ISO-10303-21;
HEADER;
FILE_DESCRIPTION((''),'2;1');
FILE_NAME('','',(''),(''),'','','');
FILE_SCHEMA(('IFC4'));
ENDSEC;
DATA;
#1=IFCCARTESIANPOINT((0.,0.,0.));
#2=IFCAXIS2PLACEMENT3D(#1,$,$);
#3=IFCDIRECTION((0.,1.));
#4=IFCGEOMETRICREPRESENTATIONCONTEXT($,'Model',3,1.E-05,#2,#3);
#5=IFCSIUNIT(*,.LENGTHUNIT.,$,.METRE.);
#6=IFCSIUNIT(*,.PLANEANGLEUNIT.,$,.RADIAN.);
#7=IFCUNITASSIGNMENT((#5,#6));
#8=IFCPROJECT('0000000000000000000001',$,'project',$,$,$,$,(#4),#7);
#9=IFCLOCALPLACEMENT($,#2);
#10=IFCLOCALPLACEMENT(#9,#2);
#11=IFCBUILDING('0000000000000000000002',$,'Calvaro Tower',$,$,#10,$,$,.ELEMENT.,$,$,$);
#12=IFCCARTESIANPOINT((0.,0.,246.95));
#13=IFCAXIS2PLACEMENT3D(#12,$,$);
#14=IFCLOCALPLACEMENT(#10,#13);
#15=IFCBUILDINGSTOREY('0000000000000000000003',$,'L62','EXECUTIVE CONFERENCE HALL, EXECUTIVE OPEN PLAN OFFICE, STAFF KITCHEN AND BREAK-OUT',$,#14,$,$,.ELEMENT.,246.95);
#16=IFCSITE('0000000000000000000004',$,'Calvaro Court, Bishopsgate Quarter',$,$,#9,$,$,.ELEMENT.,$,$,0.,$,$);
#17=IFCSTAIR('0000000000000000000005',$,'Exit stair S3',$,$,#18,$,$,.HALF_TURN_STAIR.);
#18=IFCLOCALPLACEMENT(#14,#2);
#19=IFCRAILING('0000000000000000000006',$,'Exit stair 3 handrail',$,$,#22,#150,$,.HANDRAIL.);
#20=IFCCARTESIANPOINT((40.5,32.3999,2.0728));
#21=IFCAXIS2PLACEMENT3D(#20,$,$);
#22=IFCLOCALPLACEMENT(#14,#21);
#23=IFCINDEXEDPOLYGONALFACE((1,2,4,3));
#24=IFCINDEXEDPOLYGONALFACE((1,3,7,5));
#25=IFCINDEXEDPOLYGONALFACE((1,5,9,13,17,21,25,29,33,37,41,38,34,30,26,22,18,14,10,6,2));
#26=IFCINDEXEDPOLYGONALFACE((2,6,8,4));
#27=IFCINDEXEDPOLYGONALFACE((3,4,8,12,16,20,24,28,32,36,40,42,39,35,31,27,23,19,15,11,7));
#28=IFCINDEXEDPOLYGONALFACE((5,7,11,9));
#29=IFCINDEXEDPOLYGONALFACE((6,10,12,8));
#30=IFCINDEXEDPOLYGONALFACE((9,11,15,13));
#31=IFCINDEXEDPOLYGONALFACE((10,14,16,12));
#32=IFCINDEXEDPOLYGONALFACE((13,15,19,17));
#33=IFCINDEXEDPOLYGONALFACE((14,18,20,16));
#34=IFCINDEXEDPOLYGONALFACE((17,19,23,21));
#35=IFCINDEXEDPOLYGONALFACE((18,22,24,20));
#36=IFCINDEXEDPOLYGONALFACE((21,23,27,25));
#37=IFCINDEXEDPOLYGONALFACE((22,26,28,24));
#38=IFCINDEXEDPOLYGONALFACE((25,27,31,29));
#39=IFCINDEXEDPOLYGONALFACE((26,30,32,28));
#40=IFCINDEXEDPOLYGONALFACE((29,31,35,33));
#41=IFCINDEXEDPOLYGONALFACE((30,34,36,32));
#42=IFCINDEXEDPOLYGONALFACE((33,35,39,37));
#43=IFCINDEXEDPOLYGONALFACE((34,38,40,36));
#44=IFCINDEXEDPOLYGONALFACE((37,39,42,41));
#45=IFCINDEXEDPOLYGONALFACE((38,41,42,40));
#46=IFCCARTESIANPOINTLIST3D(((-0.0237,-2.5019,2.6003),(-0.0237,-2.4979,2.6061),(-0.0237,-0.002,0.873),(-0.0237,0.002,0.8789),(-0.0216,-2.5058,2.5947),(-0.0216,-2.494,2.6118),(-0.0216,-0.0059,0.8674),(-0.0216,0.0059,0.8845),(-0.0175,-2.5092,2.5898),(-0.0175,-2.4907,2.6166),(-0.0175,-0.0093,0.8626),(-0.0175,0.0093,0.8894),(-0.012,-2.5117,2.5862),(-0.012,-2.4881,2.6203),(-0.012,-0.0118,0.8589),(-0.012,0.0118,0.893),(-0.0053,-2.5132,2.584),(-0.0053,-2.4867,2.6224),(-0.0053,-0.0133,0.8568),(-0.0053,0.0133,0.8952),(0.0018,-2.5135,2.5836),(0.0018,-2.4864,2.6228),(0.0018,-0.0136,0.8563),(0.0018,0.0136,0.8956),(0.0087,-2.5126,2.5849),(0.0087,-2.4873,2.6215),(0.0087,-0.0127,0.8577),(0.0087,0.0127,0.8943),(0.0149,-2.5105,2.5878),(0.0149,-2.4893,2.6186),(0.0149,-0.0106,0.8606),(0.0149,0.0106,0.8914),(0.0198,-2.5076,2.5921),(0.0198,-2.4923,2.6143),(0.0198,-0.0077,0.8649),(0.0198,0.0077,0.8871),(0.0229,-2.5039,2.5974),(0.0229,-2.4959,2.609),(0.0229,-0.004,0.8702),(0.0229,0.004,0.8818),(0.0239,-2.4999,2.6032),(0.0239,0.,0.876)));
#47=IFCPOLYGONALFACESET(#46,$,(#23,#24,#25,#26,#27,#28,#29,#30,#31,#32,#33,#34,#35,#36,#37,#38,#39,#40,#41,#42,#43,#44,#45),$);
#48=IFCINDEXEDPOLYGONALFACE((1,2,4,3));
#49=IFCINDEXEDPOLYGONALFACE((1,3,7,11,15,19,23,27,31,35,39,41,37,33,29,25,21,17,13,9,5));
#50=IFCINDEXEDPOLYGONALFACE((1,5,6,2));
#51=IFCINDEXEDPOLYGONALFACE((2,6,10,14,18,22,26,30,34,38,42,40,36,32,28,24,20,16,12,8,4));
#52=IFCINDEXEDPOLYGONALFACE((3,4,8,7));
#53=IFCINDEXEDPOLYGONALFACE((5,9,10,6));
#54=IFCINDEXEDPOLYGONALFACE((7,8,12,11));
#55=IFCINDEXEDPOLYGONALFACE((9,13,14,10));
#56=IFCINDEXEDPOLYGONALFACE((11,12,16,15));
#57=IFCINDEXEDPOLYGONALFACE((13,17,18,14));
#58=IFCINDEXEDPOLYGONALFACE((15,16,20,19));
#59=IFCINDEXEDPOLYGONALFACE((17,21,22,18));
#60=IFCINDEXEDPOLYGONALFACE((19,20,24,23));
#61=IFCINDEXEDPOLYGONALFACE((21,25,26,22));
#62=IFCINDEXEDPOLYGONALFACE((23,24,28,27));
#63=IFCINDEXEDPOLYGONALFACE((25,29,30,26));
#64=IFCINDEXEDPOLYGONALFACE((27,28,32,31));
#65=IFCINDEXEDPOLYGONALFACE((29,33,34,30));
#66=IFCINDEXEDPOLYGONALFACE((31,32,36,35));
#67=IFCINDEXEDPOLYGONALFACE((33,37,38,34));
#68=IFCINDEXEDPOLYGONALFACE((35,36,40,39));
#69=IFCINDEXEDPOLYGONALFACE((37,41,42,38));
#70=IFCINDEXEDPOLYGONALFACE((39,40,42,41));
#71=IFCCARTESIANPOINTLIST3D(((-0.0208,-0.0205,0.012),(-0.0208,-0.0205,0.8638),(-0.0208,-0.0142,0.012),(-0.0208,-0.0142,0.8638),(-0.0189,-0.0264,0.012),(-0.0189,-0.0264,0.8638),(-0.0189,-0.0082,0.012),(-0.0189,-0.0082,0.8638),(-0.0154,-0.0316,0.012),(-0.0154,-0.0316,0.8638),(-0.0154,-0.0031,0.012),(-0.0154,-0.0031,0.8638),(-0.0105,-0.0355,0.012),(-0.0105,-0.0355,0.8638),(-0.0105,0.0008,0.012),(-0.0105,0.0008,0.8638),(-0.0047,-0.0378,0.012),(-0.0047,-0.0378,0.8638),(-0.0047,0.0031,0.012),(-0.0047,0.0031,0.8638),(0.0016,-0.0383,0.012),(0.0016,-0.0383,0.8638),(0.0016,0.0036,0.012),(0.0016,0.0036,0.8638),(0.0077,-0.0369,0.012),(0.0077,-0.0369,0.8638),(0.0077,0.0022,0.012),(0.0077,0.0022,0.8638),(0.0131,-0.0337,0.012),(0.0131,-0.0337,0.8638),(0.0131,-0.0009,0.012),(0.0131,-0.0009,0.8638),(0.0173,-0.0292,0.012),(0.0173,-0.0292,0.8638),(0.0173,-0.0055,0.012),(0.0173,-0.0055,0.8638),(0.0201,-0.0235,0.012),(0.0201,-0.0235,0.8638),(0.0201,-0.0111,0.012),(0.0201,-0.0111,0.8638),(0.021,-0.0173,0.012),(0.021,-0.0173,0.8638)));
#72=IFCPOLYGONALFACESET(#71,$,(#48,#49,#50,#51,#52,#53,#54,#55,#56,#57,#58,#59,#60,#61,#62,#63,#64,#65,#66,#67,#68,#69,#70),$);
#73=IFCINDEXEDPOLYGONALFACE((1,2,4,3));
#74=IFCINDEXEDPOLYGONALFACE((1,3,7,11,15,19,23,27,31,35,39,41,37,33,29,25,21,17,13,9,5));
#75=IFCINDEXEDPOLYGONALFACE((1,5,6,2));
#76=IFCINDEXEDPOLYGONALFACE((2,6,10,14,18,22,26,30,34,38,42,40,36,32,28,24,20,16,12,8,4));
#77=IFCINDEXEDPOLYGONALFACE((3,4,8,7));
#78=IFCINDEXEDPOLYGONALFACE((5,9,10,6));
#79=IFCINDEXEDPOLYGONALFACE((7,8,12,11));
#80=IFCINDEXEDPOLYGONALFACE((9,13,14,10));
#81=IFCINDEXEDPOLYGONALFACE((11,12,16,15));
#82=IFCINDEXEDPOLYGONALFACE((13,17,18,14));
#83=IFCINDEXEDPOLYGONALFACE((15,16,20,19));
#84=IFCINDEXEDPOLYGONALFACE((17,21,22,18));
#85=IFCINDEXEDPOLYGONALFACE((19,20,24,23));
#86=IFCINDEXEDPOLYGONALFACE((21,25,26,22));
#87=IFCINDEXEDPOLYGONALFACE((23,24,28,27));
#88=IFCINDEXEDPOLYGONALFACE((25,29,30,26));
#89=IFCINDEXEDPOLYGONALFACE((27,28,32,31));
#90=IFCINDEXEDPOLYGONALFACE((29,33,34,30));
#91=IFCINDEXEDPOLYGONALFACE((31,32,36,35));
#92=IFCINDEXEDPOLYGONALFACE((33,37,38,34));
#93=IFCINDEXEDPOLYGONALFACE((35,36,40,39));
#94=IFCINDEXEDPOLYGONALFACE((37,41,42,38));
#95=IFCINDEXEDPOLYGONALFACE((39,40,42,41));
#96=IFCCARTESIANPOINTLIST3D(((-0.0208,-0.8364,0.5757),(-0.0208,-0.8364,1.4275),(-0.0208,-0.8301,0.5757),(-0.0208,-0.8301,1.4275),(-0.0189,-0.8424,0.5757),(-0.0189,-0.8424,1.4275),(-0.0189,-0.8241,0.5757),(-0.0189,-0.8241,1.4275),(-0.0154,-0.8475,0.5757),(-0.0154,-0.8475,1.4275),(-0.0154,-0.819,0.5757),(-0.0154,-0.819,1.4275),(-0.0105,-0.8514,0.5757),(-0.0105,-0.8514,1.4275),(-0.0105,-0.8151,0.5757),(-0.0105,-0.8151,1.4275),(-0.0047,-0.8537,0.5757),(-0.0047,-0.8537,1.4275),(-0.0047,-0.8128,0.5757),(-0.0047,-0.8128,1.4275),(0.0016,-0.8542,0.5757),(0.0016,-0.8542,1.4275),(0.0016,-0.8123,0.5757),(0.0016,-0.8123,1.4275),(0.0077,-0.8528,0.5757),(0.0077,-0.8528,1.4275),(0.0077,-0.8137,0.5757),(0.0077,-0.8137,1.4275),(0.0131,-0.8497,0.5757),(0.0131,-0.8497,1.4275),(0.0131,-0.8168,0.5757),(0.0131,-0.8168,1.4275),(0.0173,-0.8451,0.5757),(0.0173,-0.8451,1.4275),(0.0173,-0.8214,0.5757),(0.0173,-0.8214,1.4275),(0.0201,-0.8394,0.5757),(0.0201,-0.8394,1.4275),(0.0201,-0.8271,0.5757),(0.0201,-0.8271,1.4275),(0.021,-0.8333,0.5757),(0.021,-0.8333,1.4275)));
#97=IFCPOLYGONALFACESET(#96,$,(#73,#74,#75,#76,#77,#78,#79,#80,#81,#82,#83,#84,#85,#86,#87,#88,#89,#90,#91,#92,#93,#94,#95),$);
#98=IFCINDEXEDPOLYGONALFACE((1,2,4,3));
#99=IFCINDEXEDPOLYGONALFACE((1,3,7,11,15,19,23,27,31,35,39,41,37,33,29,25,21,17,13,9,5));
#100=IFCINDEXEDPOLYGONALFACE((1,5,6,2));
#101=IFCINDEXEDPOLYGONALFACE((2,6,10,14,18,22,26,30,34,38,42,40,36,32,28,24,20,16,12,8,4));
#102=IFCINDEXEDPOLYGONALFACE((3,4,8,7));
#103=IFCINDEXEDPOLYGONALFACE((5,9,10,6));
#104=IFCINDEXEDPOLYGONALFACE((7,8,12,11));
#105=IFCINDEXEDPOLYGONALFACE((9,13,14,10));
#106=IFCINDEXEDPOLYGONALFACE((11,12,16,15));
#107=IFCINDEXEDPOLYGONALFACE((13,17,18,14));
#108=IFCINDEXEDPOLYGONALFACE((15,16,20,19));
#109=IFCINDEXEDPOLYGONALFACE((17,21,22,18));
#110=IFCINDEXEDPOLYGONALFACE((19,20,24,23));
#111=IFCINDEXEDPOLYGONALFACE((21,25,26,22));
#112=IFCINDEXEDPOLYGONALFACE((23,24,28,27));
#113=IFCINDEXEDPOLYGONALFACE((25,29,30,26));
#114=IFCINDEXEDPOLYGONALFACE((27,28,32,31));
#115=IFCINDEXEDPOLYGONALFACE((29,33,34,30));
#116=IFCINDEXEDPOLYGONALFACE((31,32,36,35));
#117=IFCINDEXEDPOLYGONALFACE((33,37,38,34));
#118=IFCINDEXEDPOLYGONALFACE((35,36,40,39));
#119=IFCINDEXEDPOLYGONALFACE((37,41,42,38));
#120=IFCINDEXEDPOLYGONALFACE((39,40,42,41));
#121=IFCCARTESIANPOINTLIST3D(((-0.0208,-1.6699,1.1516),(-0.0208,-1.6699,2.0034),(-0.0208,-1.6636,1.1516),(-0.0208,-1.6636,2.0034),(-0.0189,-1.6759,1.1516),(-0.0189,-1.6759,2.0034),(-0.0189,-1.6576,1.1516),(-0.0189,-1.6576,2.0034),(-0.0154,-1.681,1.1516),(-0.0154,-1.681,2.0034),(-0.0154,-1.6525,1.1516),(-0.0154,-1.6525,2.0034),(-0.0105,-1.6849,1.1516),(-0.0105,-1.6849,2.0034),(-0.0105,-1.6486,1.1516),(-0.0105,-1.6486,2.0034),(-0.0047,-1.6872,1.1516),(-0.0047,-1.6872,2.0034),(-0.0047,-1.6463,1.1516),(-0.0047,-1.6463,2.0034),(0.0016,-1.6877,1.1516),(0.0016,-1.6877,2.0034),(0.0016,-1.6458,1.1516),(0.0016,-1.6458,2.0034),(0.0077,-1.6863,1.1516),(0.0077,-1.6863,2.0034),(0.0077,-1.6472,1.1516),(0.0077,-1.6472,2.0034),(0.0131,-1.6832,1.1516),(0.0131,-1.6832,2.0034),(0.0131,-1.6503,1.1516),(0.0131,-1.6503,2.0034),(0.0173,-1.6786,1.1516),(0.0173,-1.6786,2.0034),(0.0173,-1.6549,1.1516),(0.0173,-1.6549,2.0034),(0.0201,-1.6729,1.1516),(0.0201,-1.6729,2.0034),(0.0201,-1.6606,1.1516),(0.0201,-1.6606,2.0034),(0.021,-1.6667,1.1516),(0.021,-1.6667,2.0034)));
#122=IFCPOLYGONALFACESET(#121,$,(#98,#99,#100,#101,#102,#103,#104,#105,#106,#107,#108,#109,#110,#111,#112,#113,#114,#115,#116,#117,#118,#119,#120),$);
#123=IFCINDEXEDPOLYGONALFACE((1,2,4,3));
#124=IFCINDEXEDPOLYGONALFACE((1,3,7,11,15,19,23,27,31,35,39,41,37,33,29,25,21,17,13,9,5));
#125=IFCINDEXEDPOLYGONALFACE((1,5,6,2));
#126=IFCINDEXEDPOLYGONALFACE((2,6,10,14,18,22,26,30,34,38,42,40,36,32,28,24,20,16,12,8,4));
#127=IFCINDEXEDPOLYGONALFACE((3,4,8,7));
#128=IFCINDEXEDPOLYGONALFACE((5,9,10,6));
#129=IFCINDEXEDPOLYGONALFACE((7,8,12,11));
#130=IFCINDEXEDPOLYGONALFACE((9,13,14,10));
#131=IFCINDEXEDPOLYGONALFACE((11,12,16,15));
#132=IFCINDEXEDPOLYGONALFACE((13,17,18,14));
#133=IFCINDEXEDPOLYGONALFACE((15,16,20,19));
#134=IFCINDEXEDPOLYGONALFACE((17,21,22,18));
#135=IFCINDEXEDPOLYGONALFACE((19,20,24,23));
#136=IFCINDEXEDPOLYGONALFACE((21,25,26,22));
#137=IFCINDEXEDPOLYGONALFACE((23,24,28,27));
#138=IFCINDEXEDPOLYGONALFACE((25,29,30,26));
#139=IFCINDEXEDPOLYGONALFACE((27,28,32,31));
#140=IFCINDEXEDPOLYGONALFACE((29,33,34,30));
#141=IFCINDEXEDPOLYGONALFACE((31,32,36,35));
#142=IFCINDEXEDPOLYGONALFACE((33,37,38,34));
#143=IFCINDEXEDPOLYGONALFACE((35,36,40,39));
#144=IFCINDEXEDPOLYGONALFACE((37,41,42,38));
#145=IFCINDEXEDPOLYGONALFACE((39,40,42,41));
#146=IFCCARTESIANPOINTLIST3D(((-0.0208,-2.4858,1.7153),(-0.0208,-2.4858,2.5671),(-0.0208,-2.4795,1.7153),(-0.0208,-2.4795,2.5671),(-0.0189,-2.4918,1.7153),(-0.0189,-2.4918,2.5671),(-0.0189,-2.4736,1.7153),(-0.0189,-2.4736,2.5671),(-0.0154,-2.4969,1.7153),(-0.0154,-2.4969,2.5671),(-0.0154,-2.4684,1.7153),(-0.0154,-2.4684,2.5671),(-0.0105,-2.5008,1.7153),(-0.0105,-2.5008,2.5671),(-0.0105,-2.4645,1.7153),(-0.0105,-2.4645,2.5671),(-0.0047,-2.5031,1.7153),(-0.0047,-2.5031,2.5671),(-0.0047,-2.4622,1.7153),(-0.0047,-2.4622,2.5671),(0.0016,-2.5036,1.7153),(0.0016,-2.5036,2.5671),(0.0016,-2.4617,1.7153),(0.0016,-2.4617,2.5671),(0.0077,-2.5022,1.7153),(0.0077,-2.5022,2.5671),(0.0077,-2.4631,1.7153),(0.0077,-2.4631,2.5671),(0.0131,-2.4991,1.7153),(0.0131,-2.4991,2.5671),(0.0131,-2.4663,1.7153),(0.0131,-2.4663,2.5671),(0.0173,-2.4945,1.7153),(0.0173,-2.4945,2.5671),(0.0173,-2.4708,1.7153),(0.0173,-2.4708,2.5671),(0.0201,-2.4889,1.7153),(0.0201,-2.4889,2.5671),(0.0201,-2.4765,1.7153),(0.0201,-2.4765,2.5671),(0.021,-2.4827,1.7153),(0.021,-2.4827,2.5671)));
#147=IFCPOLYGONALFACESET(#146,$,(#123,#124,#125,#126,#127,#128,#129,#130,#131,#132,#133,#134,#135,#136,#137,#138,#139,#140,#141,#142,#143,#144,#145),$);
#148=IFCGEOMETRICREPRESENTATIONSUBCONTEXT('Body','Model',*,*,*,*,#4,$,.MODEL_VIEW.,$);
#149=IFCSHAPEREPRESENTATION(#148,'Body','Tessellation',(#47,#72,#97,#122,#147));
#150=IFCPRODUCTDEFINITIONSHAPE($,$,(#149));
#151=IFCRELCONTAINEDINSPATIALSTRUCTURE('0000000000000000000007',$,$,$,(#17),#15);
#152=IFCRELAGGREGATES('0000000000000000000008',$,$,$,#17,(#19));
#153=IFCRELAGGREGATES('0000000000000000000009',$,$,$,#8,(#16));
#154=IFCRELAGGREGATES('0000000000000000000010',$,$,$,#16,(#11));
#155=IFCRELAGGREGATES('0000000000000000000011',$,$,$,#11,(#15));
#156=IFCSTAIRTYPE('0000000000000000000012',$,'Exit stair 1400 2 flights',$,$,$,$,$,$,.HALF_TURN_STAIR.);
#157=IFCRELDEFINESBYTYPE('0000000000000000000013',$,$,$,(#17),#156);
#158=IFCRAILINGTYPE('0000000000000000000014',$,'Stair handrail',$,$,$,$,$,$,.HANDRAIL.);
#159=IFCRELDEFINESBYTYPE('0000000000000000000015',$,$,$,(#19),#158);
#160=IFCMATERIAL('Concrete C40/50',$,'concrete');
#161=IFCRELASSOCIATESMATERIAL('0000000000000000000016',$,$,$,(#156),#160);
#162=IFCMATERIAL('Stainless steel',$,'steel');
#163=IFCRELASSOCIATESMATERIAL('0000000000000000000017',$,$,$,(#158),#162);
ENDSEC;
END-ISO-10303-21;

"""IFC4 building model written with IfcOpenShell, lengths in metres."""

from ifc_helpers import new_model, si_unit, direction, frame, origin, origin_2d, place, context, subcontext, project, spatial, circle, extrude, material, type_object, element, aggregate, save


model = new_model("IFC4")

# Units and contexts
model_context = context("Model", 3, precision=1e-05, world=origin(), true_north=direction((0.0, 1.0)))
body_context = subcontext(model_context, "Body", "Model", "MODEL_VIEW")
ifc_project = project(units=[si_unit("LENGTHUNIT", "METRE"), si_unit("PLANEANGLEUNIT", "RADIAN")], contexts=[model_context])

# Site, building, storey
site_placement = place(None, origin())
site = spatial("IfcSite", under=ifc_project, at=site_placement, Name="Calvaro Court, Bishopsgate Quarter", CompositionType="ELEMENT", RefElevation=0.0)
building_placement = place(site_placement, origin())
building = spatial("IfcBuilding", under=site, at=building_placement, Name="Calvaro Tower", CompositionType="ELEMENT")
storey_placement = place(building_placement, frame((0.0, 0.0, 246.95)))
storey = spatial("IfcBuildingStorey", under=building, at=storey_placement, Name="L62", Description="EXECUTIVE CONFERENCE HALL, EXECUTIVE OPEN PLAN OFFICE, STAFF KITCHEN AND BREAK-OUT", CompositionType="ELEMENT", Elevation=246.95)

# Stair
ifc_material_1 = material(Name="Concrete C40/50", Category="concrete")
stair_type = type_object("IfcStairType", Name="Exit stair 1400 2 flights", PredefinedType="HALF_TURN_STAIR", material=ifc_material_1)
stair_1_placement = place(storey_placement, origin())
stair_1 = element("IfcStair", 1, at=stair_1_placement, inside=storey, type_object=stair_type, Name="Exit stair S3", PredefinedType="HALF_TURN_STAIR")

# Railing
ifc_material_2 = material(Name="Stainless steel", Category="steel")
railing_type = type_object("IfcRailingType", Name="Stair handrail", PredefinedType="HANDRAIL", material=ifc_material_2)
railing_1_placement = place(storey_placement, frame((40.5, 32.3999, 2.0728)))
railing_1 = element("IfcRailing", 2, at=railing_1_placement, type_object=railing_type, Name="Exit stair 3 handrail", PredefinedType="HANDRAIL", context=body_context, shape_type="SweptSolid", body=[
    extrude(circle(Radius=0.0239, at=origin_2d()), frame((0.0, 0.0, 0.876), z_axis=(0.0, -0.822727, 0.568437), x_axis=(1.0, 0.0, 0.0)), (0.0, 0.0, 1.0), 3.0386),
    extrude(circle(Radius=0.021, at=origin_2d()), frame((0.0, -0.0173, 0.012)), (0.0, 0.0, 1.0), 0.8518),
    extrude(circle(Radius=0.021, at=origin_2d()), frame((0.0, -0.8333, 0.5757)), (0.0, 0.0, 1.0), 0.8518),
    extrude(circle(Radius=0.021, at=origin_2d()), frame((0.0, -1.6667, 1.1516)), (0.0, 0.0, 1.0), 0.8518),
    extrude(circle(Radius=0.021, at=origin_2d()), frame((0.0, -2.4827, 1.7153)), (0.0, 0.0, 1.0), 0.8518),
])
aggregate(stair_1, [railing_1])

save(model, "model.ifc")
